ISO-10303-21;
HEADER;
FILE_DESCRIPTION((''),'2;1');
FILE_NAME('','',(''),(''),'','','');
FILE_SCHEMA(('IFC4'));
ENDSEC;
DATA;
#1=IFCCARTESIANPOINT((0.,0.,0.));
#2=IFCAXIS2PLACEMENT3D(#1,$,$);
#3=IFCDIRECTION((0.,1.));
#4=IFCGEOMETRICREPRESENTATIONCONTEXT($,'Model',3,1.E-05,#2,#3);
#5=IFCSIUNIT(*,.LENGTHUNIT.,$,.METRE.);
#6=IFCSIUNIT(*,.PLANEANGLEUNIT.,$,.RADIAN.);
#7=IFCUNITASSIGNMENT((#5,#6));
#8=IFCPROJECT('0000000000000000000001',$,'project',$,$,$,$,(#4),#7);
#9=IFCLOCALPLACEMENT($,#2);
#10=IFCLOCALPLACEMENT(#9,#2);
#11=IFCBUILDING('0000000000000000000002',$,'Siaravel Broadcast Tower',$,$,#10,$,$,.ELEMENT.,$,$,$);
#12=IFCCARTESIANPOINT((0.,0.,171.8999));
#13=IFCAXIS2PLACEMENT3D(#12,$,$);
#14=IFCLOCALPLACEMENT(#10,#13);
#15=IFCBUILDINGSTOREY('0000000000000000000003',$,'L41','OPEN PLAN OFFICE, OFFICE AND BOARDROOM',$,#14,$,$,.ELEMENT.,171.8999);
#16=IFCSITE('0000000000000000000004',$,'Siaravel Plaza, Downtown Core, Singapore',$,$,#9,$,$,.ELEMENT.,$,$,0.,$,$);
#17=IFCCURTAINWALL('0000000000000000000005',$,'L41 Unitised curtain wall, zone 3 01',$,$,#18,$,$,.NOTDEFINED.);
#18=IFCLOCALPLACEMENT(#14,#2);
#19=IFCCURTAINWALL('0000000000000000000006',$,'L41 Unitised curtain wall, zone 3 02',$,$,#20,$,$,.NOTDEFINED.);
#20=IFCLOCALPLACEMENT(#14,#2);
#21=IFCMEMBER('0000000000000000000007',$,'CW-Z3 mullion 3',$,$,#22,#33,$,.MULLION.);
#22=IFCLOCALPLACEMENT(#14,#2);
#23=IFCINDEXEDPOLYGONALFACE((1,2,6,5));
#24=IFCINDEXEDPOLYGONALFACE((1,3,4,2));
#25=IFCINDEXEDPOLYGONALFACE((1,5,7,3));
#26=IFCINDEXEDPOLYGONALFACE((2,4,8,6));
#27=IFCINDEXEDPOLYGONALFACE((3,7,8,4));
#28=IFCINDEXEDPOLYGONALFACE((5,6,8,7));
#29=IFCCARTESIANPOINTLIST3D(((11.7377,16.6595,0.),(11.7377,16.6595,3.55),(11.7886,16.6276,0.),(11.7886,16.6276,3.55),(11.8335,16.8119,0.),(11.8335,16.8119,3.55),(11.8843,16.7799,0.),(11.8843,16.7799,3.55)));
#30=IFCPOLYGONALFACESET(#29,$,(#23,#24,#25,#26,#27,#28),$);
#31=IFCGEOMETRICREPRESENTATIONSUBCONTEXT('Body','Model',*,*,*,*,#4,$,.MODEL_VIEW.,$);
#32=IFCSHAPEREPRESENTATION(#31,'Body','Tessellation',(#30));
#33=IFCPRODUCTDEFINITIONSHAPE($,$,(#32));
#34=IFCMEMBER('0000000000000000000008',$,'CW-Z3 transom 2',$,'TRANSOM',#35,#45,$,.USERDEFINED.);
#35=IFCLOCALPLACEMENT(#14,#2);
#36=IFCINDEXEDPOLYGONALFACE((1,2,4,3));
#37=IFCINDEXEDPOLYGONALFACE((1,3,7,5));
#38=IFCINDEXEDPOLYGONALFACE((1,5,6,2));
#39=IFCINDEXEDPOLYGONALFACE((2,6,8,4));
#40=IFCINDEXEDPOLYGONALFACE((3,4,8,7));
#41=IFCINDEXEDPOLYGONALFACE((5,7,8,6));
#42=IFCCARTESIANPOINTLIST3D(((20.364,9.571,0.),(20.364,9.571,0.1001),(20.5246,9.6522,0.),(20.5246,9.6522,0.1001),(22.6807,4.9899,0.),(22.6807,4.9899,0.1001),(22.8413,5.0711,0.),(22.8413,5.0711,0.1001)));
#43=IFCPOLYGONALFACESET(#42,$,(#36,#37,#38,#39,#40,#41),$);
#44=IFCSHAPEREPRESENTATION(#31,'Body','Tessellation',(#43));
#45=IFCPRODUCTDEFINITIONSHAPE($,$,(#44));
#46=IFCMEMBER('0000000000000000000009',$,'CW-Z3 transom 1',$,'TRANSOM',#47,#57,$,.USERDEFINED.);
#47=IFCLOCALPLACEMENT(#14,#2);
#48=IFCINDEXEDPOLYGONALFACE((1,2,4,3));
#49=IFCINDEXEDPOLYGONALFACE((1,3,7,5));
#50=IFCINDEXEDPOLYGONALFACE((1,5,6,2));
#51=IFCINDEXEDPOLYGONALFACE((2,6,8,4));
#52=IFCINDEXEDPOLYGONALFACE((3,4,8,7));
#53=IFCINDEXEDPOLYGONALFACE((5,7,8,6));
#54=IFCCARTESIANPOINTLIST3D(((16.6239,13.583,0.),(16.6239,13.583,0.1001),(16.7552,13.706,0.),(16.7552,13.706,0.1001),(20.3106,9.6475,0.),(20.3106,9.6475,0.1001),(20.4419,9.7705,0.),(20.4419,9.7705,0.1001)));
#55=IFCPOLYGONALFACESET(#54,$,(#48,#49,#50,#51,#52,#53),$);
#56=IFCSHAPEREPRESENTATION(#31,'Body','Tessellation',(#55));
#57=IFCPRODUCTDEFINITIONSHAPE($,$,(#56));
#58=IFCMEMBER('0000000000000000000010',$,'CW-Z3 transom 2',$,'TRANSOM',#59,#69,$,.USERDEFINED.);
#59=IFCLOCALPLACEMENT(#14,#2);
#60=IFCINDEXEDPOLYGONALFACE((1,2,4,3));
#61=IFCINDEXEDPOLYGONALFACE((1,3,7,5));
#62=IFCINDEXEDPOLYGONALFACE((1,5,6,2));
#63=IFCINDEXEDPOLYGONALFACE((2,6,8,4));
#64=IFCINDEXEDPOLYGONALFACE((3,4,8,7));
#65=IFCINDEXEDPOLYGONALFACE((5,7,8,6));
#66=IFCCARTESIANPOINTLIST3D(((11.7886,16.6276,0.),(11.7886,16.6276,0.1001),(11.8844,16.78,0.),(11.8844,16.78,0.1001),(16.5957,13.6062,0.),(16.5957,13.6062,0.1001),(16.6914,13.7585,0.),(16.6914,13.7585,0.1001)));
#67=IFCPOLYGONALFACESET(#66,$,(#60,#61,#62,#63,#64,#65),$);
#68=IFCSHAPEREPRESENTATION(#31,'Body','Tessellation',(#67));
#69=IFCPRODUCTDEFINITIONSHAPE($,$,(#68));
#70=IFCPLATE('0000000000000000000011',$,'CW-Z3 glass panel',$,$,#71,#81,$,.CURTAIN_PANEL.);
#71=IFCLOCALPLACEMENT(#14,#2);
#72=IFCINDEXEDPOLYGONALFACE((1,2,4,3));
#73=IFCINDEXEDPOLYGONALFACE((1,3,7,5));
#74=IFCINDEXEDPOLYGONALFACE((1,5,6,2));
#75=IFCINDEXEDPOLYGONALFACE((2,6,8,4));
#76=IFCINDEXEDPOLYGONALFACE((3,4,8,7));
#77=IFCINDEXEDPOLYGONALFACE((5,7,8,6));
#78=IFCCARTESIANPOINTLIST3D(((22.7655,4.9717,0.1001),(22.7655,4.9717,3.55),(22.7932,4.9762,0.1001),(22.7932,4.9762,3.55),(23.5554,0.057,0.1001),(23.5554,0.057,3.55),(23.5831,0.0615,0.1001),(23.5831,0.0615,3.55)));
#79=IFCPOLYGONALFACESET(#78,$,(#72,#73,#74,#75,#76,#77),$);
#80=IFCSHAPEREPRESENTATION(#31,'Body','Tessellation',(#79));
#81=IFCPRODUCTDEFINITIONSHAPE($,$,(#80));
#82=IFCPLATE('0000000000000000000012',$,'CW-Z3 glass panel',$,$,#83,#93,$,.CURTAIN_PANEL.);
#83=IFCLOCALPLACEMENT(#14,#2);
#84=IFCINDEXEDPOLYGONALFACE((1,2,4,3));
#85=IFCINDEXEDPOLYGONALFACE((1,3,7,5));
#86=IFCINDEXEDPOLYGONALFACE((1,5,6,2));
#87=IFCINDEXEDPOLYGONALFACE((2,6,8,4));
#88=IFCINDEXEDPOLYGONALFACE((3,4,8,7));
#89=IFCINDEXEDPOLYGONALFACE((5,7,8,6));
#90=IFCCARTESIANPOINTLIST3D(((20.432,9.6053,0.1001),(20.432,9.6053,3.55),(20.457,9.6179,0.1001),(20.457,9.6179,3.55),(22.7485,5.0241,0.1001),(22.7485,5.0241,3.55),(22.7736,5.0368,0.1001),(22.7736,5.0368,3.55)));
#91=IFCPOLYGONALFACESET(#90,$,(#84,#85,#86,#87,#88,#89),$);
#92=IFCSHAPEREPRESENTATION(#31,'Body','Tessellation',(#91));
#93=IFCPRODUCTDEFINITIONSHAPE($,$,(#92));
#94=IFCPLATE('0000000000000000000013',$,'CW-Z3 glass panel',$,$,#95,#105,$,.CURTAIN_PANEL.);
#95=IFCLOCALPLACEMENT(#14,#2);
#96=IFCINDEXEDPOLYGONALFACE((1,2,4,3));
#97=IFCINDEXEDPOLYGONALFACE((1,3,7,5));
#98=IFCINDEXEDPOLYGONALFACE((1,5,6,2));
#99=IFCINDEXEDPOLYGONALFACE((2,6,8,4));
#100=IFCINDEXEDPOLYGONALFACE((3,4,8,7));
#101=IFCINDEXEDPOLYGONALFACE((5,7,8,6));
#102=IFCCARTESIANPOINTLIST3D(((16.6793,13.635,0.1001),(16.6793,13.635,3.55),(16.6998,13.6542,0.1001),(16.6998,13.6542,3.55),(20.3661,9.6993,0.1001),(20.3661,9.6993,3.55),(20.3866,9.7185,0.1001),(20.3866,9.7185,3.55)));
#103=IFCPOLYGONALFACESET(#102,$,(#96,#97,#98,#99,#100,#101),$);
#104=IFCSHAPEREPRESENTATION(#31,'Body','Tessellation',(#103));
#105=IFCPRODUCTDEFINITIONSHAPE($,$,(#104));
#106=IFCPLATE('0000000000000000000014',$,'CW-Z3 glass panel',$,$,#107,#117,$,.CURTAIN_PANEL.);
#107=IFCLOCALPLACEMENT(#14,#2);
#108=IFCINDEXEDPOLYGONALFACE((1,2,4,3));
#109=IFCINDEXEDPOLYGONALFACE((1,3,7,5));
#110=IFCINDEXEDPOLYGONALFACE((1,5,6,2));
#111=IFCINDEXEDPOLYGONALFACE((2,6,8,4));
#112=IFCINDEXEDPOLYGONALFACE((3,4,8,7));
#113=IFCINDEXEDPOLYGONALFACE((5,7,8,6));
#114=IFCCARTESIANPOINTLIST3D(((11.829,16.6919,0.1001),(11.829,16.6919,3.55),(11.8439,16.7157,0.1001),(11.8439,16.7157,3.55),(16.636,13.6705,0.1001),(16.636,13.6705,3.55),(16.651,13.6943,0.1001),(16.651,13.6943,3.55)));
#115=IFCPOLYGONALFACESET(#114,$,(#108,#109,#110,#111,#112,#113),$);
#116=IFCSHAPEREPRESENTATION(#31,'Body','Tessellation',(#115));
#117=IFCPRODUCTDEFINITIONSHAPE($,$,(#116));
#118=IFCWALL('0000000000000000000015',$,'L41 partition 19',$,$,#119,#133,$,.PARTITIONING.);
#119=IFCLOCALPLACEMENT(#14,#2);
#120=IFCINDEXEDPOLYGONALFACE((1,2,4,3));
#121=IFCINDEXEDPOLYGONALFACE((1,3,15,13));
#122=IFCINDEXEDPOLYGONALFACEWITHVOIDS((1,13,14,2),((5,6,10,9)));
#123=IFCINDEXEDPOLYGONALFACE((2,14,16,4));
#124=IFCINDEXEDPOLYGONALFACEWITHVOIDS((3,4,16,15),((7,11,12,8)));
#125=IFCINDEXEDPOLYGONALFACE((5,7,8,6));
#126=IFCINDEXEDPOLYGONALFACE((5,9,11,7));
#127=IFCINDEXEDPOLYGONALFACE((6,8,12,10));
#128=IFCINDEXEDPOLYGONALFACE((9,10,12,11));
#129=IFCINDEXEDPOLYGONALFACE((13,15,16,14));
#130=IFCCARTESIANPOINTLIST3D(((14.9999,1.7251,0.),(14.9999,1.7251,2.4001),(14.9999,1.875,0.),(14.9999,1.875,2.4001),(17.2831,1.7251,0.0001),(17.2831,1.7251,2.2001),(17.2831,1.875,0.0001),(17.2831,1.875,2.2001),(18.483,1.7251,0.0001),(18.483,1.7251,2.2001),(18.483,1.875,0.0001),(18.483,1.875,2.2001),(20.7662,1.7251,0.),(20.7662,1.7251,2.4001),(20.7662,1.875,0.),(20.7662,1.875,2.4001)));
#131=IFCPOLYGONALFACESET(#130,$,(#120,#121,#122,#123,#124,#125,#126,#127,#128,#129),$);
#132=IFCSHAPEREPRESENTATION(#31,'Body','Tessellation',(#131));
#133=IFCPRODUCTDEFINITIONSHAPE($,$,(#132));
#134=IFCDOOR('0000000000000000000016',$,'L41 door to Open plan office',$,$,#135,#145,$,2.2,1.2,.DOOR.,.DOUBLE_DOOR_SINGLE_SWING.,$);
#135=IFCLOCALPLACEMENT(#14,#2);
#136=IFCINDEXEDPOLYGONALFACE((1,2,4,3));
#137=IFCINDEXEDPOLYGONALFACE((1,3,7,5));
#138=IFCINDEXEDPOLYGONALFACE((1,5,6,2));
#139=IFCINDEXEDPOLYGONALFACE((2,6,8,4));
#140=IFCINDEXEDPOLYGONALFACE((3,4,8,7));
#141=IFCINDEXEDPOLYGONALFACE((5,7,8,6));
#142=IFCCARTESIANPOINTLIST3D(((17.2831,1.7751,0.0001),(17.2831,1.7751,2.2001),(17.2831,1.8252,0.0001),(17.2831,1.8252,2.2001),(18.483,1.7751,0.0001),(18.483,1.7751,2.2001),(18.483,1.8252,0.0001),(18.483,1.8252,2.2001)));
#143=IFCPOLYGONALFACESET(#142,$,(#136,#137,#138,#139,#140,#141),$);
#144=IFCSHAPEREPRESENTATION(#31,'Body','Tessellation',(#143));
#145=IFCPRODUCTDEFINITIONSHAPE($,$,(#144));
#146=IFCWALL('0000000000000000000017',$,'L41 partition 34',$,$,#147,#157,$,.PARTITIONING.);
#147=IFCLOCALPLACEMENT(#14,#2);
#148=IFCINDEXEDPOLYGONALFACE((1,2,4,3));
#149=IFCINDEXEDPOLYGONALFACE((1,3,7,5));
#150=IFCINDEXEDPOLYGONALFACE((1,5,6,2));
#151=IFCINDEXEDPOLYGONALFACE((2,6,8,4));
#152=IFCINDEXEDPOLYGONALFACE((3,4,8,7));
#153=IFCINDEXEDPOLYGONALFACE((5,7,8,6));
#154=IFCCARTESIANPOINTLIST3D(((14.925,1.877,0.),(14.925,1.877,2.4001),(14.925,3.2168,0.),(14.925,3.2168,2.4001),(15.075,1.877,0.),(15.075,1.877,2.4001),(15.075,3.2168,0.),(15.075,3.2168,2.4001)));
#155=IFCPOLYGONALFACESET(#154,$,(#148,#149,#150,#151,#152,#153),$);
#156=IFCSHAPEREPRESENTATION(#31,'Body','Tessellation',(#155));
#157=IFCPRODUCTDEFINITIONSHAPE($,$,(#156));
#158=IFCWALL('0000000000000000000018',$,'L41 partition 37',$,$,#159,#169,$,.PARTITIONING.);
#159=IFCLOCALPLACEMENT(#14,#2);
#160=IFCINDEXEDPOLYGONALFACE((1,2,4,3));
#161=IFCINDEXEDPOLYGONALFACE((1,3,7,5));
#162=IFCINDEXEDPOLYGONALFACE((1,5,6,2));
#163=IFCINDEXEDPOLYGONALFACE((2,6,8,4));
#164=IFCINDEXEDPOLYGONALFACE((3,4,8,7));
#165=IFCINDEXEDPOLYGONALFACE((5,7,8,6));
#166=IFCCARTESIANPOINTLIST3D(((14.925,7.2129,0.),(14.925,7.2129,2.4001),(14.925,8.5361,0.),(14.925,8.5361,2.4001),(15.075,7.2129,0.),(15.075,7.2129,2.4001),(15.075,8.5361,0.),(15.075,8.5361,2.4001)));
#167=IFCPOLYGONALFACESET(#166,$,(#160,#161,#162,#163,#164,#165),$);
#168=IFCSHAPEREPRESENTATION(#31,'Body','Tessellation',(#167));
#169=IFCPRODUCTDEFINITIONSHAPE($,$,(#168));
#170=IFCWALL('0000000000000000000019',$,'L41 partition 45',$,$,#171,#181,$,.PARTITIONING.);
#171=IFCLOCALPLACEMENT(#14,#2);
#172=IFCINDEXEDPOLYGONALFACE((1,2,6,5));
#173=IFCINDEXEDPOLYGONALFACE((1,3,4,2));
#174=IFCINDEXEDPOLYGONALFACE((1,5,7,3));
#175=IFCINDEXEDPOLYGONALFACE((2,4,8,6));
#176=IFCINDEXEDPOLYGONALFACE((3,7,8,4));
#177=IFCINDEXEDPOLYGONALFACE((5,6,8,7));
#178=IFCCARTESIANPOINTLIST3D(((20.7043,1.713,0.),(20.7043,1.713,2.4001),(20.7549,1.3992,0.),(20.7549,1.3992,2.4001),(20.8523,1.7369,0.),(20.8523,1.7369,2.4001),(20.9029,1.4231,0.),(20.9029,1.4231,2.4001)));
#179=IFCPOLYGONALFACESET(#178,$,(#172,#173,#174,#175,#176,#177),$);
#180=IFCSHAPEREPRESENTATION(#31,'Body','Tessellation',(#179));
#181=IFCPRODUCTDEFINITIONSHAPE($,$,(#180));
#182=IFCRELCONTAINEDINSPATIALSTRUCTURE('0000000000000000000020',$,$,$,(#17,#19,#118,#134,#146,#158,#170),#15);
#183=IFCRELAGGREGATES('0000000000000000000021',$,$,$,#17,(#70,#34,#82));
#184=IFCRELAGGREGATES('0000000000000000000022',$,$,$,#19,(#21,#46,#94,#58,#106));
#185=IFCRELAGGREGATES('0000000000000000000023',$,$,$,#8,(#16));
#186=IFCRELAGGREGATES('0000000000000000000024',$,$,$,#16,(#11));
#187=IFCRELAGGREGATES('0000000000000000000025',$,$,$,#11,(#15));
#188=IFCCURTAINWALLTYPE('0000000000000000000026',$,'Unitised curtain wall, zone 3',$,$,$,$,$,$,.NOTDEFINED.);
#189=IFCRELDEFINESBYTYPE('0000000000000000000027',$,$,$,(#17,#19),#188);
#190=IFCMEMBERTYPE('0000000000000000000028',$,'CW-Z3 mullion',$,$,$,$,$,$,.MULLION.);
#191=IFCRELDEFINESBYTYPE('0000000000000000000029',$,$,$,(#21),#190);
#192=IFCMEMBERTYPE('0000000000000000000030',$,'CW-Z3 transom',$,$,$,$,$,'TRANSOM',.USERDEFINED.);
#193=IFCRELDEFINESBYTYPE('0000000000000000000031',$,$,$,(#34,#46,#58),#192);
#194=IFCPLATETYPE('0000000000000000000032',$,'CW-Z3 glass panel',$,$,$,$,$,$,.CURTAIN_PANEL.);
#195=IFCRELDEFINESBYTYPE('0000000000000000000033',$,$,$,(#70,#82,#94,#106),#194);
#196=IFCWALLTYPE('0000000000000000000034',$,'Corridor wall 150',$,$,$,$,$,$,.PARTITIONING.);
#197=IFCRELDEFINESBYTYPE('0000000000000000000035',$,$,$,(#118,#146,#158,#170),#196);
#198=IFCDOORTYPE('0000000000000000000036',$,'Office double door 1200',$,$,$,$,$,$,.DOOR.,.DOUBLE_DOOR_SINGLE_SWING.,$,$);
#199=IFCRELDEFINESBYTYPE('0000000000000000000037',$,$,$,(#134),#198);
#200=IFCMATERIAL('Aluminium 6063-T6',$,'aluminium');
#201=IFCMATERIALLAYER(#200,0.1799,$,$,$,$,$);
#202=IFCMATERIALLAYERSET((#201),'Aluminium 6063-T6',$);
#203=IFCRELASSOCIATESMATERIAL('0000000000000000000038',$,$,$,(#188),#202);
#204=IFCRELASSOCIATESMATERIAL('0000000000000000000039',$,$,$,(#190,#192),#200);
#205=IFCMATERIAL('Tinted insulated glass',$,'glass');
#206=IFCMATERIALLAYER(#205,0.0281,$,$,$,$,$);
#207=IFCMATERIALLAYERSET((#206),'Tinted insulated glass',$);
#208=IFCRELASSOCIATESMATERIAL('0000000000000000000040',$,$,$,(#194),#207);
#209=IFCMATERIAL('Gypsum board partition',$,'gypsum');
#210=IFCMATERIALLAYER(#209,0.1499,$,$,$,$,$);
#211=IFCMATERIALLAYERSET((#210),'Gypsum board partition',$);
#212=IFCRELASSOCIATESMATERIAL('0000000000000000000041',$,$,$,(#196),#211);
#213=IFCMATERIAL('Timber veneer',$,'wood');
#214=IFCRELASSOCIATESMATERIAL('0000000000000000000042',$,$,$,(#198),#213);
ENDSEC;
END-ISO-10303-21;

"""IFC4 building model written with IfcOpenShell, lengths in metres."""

from ifc_helpers import new_model, si_unit, direction, frame, frame_2d, origin, origin_2d, place, context, subcontext, project, spatial, rectangle, extrude, material, layer, layer_set, material_profile, profile_set, type_object, element, fill, aggregate, save


model = new_model("IFC4")

# Units and contexts
model_context = context("Model", 3, precision=1e-05, world=origin(), true_north=direction((0.0, 1.0)))
body_context = subcontext(model_context, "Body", "Model", "MODEL_VIEW")
ifc_project = project(units=[si_unit("LENGTHUNIT", "METRE"), si_unit("PLANEANGLEUNIT", "RADIAN")], contexts=[model_context])

# Site, building, storey
site_placement = place(None, origin())
site = spatial("IfcSite", under=ifc_project, at=site_placement, Name="Siaravel Plaza, Downtown Core, Singapore", CompositionType="ELEMENT", RefElevation=0.0)
building_placement = place(site_placement, origin())
building = spatial("IfcBuilding", under=site, at=building_placement, Name="Siaravel Broadcast Tower", CompositionType="ELEMENT")
storey_placement = place(building_placement, frame((0.0, 0.0, 171.8999)))
storey = spatial("IfcBuildingStorey", under=building, at=storey_placement, Name="L41", Description="OPEN PLAN OFFICE, OFFICE AND BOARDROOM", CompositionType="ELEMENT", Elevation=171.8999)

# Curtain walls, member
ifc_material_1 = material(Name="Aluminium 6063-T6", Category="aluminium")
ifc_layer_1 = layer(ifc_material_1, 0.1799)
ifc_layer_set_1 = layer_set([ifc_layer_1], Name="Aluminium 6063-T6")
curtain_wall_type = type_object("IfcCurtainWallType", Name="Unitised curtain wall, zone 3", PredefinedType="NOTDEFINED", material=ifc_layer_set_1)
curtain_wall_1_placement = place(storey_placement, origin())
curtain_wall_1 = element("IfcCurtainWall", 1, at=curtain_wall_1_placement, inside=storey, type_object=curtain_wall_type, Name="L41 Unitised curtain wall, zone 3 01", PredefinedType="NOTDEFINED")
ifc_material_profile_1 = material_profile(ifc_material_1, rectangle(XDim=0.1799, YDim=0.0601, at=origin_2d()))
ifc_profile_set_1 = profile_set([ifc_material_profile_1], Name="Aluminium 6063-T6")
member_type_1 = type_object("IfcMemberType", Name="CW-Z3 mullion", PredefinedType="MULLION", material=ifc_profile_set_1)
curtain_wall_2_placement = place(storey_placement, origin())
curtain_wall_2 = element("IfcCurtainWall", 2, at=curtain_wall_2_placement, inside=storey, type_object=curtain_wall_type, Name="L41 Unitised curtain wall, zone 3 02", PredefinedType="NOTDEFINED")
member_1_placement = place(storey_placement, frame((11.811, 16.7197, 0.0), z_axis=(0.0, 0.0, 1.0), x_axis=(-0.532149, -0.846651, 0.0)))
member_1 = element("IfcMember", 3, at=member_1_placement, type_object=member_type_1, Name="CW-Z3 mullion 3", PredefinedType="MULLION", context=body_context, shape_type="SweptSolid", body=[
    extrude(rectangle(XDim=0.1799, YDim=0.0601, at=origin_2d()), origin(), (0.0, 0.0, 1.0), 3.55),
])

# Members
ifc_material_profile_2 = material_profile(ifc_material_1, rectangle(XDim=0.1799, YDim=0.1001, at=origin_2d()))
ifc_profile_set_2 = profile_set([ifc_material_profile_2], Name="Aluminium 6063-T6")
member_type_2 = type_object("IfcMemberType", Name="CW-Z3 transom", ElementType="TRANSOM", PredefinedType="USERDEFINED", material=ifc_profile_set_2)
member_2_placement = place(storey_placement, frame((22.761, 5.0305, 0.05), z_axis=(-0.45128, 0.892382, 0.0), x_axis=(-0.892382, -0.45128, 0.0)))
member_2 = element("IfcMember", 4, at=member_2_placement, type_object=member_type_2, Name="CW-Z3 transom 2", ObjectType="TRANSOM", PredefinedType="USERDEFINED", context=body_context, shape_type="SweptSolid", body=[
    extrude(rectangle(XDim=0.1799, YDim=0.1001, at=origin_2d()), origin(), (0.0, 0.0, 1.0), 5.1335),
])
member_3_placement = place(storey_placement, frame((20.3762, 9.709, 0.05), z_axis=(-0.683664, 0.729797, 0.0), x_axis=(-0.729797, -0.683664, 0.0)))
member_3 = element("IfcMember", 5, at=member_3_placement, type_object=member_type_2, Name="CW-Z3 transom 1", ObjectType="TRANSOM", PredefinedType="USERDEFINED", context=body_context, shape_type="SweptSolid", body=[
    extrude(rectangle(XDim=0.1799, YDim=0.1001, at=origin_2d()), origin(), (0.0, 0.0, 1.0), 5.3926),
])
member_4_placement = place(storey_placement, frame((16.6436, 13.6824, 0.05), z_axis=(-0.846648, 0.532154, 0.0), x_axis=(-0.532154, -0.846648, 0.0)))
member_4 = element("IfcMember", 6, at=member_4_placement, type_object=member_type_2, Name="CW-Z3 transom 2", ObjectType="TRANSOM", PredefinedType="USERDEFINED", context=body_context, shape_type="SweptSolid", body=[
    extrude(rectangle(XDim=0.1799, YDim=0.1001, at=origin_2d()), origin(), (0.0, 0.0, 1.0), 5.6777),
])

# Plates
ifc_material_2 = material(Name="Tinted insulated glass", Category="glass")
ifc_layer_2 = layer(ifc_material_2, 0.0281)
ifc_layer_set_2 = layer_set([ifc_layer_2], Name="Tinted insulated glass")
plate_type = type_object("IfcPlateType", Name="CW-Z3 glass panel", PredefinedType="CURTAIN_PANEL", material=ifc_layer_set_2)
plate_1_placement = place(storey_placement, frame((23.1743, 2.5166, 0.1001), z_axis=(0.0, 0.0, 1.0), x_axis=(-0.158686, 0.987329, 0.0)))
plate_1 = element("IfcPlate", 7, at=plate_1_placement, type_object=plate_type, Name="CW-Z3 glass panel", PredefinedType="CURTAIN_PANEL", context=body_context, shape_type="SweptSolid", body=[
    extrude(rectangle(XDim=4.9778, YDim=0.0281, at=origin_2d()), origin(), (0.0, 0.0, 1.0), 3.45),
])
plate_2_placement = place(storey_placement, frame((21.6028, 7.321, 0.1001), z_axis=(0.0, 0.0, 1.0), x_axis=(-0.451261, 0.892392, 0.0)))
plate_2 = element("IfcPlate", 8, at=plate_2_placement, type_object=plate_type, Name="CW-Z3 glass panel", PredefinedType="CURTAIN_PANEL", context=body_context, shape_type="SweptSolid", body=[
    extrude(rectangle(XDim=5.1335, YDim=0.0281, at=origin_2d()), origin(), (0.0, 0.0, 1.0), 3.45),
])
aggregate(curtain_wall_1, [plate_1, member_2, plate_2])
plate_3_placement = place(storey_placement, frame((18.533, 11.6768, 0.1001), z_axis=(0.0, 0.0, 1.0), x_axis=(-0.683655, 0.729805, 0.0)))
plate_3 = element("IfcPlate", 9, at=plate_3_placement, type_object=plate_type, Name="CW-Z3 glass panel", PredefinedType="CURTAIN_PANEL", context=body_context, shape_type="SweptSolid", body=[
    extrude(rectangle(XDim=5.3928, YDim=0.0281, at=origin_2d()), origin(), (0.0, 0.0, 1.0), 3.45),
])
plate_4_placement = place(storey_placement, frame((14.24, 15.1931, 0.1001), z_axis=(0.0, 0.0, 1.0), x_axis=(-0.846651, 0.532149, 0.0)))
plate_4 = element("IfcPlate", 10, at=plate_4_placement, type_object=plate_type, Name="CW-Z3 glass panel", PredefinedType="CURTAIN_PANEL", context=body_context, shape_type="SweptSolid", body=[
    extrude(rectangle(XDim=5.6777, YDim=0.0281, at=origin_2d()), origin(), (0.0, 0.0, 1.0), 3.45),
])
aggregate(curtain_wall_2, [member_1, member_3, plate_3, member_4, plate_4])

# Wall, opening, door
ifc_material_3 = material(Name="Gypsum board partition", Category="gypsum")
ifc_layer_3 = layer(ifc_material_3, 0.1499)
ifc_layer_set_3 = layer_set([ifc_layer_3], Name="Gypsum board partition")
wall_type_1 = type_object("IfcWallType", Name="Corridor wall 150", PredefinedType="PARTITIONING", material=ifc_layer_set_3)
wall_1_placement = place(storey_placement, frame((20.7664, 1.8, 0.0), z_axis=(0.0, 0.0, 1.0), x_axis=(-1.0, 0.0, 0.0)))
wall_1 = element("IfcWall", 11, at=wall_1_placement, inside=storey, type_object=wall_type_1, Name="L41 partition 19", PredefinedType="PARTITIONING", context=body_context, shape_type="SweptSolid", body=[
    extrude(rectangle(XDim=5.7664, YDim=0.1499, at=frame_2d((2.8833, 0.0))), origin(), (0.0, 0.0, 1.0), 2.4001),
])
opening_1_placement = place(wall_1_placement, frame((2.2832, 0.0, 0.0)))
opening_1 = element("IfcOpeningElement", 12, at=opening_1_placement, cuts=wall_1, PredefinedType="OPENING", context=body_context, shape_type="SweptSolid", body=[
    extrude(rectangle(XDim=1.2, YDim=2.2, at=frame_2d((0.6001, 1.1001))), frame((0.0, 0.085, 0.0), z_axis=(0.0, -1.0, 0.0), x_axis=(1.0, 0.0, 0.0)), (0.0, 0.0, 1.0), 0.1699),
])
ifc_material_4 = material(Name="Timber veneer", Category="wood")
door_type_1 = type_object("IfcDoorType", Name="Office double door 1200", OperationType="DOUBLE_DOOR_SINGLE_SWING", PredefinedType="DOOR", material=ifc_material_4)
door_1_placement = place(opening_1_placement, origin())
door_1 = element("IfcDoor", 13, at=door_1_placement, inside=storey, type_object=door_type_1, Name="L41 door to Open plan office", OperationType="DOUBLE_DOOR_SINGLE_SWING", OverallHeight=2.2, OverallWidth=1.2, PredefinedType="DOOR", context=body_context, shape_type="SweptSolid", body=[
    extrude(rectangle(XDim=1.2, YDim=2.2, at=frame_2d((0.6001, 1.1001))), frame((0.0, 0.0249, 0.0), z_axis=(0.0, -1.0, 0.0), x_axis=(1.0, 0.0, 0.0)), (0.0, 0.0, 1.0), 0.05),
])
fill(opening_1, door_1)

# Walls
wall_2_placement = place(storey_placement, frame((15.0, 1.877, 0.0), z_axis=(0.0, 0.0, 1.0), x_axis=(0.0, 1.0, 0.0)))
element("IfcWall", 14, at=wall_2_placement, inside=storey, type_object=wall_type_1, Name="L41 partition 34", PredefinedType="PARTITIONING", context=body_context, shape_type="SweptSolid", body=[
    extrude(rectangle(XDim=1.3398, YDim=0.1499, at=frame_2d((0.6699, 0.0))), origin(), (0.0, 0.0, 1.0), 2.4001),
])
wall_3_placement = place(storey_placement, frame((15.0, 7.2129, 0.0), z_axis=(0.0, 0.0, 1.0), x_axis=(0.0, 1.0, 0.0)))
element("IfcWall", 15, at=wall_3_placement, inside=storey, type_object=wall_type_1, Name="L41 partition 37", PredefinedType="PARTITIONING", context=body_context, shape_type="SweptSolid", body=[
    extrude(rectangle(XDim=1.3232, YDim=0.1499, at=frame_2d((0.6616, 0.0))), origin(), (0.0, 0.0, 1.0), 2.4001),
])
wall_4_placement = place(storey_placement, frame((20.8289, 1.4111, 0.0), z_axis=(0.0, 0.0, 1.0), x_axis=(-0.159039, 0.987272, 0.0)))
element("IfcWall", 16, at=wall_4_placement, inside=storey, type_object=wall_type_1, Name="L41 partition 45", PredefinedType="PARTITIONING", context=body_context, shape_type="SweptSolid", body=[
    extrude(rectangle(XDim=0.3179, YDim=0.1499, at=frame_2d((0.1589, 0.0))), origin(), (0.0, 0.0, 1.0), 2.4001),
])

save(model, "model.ifc")
